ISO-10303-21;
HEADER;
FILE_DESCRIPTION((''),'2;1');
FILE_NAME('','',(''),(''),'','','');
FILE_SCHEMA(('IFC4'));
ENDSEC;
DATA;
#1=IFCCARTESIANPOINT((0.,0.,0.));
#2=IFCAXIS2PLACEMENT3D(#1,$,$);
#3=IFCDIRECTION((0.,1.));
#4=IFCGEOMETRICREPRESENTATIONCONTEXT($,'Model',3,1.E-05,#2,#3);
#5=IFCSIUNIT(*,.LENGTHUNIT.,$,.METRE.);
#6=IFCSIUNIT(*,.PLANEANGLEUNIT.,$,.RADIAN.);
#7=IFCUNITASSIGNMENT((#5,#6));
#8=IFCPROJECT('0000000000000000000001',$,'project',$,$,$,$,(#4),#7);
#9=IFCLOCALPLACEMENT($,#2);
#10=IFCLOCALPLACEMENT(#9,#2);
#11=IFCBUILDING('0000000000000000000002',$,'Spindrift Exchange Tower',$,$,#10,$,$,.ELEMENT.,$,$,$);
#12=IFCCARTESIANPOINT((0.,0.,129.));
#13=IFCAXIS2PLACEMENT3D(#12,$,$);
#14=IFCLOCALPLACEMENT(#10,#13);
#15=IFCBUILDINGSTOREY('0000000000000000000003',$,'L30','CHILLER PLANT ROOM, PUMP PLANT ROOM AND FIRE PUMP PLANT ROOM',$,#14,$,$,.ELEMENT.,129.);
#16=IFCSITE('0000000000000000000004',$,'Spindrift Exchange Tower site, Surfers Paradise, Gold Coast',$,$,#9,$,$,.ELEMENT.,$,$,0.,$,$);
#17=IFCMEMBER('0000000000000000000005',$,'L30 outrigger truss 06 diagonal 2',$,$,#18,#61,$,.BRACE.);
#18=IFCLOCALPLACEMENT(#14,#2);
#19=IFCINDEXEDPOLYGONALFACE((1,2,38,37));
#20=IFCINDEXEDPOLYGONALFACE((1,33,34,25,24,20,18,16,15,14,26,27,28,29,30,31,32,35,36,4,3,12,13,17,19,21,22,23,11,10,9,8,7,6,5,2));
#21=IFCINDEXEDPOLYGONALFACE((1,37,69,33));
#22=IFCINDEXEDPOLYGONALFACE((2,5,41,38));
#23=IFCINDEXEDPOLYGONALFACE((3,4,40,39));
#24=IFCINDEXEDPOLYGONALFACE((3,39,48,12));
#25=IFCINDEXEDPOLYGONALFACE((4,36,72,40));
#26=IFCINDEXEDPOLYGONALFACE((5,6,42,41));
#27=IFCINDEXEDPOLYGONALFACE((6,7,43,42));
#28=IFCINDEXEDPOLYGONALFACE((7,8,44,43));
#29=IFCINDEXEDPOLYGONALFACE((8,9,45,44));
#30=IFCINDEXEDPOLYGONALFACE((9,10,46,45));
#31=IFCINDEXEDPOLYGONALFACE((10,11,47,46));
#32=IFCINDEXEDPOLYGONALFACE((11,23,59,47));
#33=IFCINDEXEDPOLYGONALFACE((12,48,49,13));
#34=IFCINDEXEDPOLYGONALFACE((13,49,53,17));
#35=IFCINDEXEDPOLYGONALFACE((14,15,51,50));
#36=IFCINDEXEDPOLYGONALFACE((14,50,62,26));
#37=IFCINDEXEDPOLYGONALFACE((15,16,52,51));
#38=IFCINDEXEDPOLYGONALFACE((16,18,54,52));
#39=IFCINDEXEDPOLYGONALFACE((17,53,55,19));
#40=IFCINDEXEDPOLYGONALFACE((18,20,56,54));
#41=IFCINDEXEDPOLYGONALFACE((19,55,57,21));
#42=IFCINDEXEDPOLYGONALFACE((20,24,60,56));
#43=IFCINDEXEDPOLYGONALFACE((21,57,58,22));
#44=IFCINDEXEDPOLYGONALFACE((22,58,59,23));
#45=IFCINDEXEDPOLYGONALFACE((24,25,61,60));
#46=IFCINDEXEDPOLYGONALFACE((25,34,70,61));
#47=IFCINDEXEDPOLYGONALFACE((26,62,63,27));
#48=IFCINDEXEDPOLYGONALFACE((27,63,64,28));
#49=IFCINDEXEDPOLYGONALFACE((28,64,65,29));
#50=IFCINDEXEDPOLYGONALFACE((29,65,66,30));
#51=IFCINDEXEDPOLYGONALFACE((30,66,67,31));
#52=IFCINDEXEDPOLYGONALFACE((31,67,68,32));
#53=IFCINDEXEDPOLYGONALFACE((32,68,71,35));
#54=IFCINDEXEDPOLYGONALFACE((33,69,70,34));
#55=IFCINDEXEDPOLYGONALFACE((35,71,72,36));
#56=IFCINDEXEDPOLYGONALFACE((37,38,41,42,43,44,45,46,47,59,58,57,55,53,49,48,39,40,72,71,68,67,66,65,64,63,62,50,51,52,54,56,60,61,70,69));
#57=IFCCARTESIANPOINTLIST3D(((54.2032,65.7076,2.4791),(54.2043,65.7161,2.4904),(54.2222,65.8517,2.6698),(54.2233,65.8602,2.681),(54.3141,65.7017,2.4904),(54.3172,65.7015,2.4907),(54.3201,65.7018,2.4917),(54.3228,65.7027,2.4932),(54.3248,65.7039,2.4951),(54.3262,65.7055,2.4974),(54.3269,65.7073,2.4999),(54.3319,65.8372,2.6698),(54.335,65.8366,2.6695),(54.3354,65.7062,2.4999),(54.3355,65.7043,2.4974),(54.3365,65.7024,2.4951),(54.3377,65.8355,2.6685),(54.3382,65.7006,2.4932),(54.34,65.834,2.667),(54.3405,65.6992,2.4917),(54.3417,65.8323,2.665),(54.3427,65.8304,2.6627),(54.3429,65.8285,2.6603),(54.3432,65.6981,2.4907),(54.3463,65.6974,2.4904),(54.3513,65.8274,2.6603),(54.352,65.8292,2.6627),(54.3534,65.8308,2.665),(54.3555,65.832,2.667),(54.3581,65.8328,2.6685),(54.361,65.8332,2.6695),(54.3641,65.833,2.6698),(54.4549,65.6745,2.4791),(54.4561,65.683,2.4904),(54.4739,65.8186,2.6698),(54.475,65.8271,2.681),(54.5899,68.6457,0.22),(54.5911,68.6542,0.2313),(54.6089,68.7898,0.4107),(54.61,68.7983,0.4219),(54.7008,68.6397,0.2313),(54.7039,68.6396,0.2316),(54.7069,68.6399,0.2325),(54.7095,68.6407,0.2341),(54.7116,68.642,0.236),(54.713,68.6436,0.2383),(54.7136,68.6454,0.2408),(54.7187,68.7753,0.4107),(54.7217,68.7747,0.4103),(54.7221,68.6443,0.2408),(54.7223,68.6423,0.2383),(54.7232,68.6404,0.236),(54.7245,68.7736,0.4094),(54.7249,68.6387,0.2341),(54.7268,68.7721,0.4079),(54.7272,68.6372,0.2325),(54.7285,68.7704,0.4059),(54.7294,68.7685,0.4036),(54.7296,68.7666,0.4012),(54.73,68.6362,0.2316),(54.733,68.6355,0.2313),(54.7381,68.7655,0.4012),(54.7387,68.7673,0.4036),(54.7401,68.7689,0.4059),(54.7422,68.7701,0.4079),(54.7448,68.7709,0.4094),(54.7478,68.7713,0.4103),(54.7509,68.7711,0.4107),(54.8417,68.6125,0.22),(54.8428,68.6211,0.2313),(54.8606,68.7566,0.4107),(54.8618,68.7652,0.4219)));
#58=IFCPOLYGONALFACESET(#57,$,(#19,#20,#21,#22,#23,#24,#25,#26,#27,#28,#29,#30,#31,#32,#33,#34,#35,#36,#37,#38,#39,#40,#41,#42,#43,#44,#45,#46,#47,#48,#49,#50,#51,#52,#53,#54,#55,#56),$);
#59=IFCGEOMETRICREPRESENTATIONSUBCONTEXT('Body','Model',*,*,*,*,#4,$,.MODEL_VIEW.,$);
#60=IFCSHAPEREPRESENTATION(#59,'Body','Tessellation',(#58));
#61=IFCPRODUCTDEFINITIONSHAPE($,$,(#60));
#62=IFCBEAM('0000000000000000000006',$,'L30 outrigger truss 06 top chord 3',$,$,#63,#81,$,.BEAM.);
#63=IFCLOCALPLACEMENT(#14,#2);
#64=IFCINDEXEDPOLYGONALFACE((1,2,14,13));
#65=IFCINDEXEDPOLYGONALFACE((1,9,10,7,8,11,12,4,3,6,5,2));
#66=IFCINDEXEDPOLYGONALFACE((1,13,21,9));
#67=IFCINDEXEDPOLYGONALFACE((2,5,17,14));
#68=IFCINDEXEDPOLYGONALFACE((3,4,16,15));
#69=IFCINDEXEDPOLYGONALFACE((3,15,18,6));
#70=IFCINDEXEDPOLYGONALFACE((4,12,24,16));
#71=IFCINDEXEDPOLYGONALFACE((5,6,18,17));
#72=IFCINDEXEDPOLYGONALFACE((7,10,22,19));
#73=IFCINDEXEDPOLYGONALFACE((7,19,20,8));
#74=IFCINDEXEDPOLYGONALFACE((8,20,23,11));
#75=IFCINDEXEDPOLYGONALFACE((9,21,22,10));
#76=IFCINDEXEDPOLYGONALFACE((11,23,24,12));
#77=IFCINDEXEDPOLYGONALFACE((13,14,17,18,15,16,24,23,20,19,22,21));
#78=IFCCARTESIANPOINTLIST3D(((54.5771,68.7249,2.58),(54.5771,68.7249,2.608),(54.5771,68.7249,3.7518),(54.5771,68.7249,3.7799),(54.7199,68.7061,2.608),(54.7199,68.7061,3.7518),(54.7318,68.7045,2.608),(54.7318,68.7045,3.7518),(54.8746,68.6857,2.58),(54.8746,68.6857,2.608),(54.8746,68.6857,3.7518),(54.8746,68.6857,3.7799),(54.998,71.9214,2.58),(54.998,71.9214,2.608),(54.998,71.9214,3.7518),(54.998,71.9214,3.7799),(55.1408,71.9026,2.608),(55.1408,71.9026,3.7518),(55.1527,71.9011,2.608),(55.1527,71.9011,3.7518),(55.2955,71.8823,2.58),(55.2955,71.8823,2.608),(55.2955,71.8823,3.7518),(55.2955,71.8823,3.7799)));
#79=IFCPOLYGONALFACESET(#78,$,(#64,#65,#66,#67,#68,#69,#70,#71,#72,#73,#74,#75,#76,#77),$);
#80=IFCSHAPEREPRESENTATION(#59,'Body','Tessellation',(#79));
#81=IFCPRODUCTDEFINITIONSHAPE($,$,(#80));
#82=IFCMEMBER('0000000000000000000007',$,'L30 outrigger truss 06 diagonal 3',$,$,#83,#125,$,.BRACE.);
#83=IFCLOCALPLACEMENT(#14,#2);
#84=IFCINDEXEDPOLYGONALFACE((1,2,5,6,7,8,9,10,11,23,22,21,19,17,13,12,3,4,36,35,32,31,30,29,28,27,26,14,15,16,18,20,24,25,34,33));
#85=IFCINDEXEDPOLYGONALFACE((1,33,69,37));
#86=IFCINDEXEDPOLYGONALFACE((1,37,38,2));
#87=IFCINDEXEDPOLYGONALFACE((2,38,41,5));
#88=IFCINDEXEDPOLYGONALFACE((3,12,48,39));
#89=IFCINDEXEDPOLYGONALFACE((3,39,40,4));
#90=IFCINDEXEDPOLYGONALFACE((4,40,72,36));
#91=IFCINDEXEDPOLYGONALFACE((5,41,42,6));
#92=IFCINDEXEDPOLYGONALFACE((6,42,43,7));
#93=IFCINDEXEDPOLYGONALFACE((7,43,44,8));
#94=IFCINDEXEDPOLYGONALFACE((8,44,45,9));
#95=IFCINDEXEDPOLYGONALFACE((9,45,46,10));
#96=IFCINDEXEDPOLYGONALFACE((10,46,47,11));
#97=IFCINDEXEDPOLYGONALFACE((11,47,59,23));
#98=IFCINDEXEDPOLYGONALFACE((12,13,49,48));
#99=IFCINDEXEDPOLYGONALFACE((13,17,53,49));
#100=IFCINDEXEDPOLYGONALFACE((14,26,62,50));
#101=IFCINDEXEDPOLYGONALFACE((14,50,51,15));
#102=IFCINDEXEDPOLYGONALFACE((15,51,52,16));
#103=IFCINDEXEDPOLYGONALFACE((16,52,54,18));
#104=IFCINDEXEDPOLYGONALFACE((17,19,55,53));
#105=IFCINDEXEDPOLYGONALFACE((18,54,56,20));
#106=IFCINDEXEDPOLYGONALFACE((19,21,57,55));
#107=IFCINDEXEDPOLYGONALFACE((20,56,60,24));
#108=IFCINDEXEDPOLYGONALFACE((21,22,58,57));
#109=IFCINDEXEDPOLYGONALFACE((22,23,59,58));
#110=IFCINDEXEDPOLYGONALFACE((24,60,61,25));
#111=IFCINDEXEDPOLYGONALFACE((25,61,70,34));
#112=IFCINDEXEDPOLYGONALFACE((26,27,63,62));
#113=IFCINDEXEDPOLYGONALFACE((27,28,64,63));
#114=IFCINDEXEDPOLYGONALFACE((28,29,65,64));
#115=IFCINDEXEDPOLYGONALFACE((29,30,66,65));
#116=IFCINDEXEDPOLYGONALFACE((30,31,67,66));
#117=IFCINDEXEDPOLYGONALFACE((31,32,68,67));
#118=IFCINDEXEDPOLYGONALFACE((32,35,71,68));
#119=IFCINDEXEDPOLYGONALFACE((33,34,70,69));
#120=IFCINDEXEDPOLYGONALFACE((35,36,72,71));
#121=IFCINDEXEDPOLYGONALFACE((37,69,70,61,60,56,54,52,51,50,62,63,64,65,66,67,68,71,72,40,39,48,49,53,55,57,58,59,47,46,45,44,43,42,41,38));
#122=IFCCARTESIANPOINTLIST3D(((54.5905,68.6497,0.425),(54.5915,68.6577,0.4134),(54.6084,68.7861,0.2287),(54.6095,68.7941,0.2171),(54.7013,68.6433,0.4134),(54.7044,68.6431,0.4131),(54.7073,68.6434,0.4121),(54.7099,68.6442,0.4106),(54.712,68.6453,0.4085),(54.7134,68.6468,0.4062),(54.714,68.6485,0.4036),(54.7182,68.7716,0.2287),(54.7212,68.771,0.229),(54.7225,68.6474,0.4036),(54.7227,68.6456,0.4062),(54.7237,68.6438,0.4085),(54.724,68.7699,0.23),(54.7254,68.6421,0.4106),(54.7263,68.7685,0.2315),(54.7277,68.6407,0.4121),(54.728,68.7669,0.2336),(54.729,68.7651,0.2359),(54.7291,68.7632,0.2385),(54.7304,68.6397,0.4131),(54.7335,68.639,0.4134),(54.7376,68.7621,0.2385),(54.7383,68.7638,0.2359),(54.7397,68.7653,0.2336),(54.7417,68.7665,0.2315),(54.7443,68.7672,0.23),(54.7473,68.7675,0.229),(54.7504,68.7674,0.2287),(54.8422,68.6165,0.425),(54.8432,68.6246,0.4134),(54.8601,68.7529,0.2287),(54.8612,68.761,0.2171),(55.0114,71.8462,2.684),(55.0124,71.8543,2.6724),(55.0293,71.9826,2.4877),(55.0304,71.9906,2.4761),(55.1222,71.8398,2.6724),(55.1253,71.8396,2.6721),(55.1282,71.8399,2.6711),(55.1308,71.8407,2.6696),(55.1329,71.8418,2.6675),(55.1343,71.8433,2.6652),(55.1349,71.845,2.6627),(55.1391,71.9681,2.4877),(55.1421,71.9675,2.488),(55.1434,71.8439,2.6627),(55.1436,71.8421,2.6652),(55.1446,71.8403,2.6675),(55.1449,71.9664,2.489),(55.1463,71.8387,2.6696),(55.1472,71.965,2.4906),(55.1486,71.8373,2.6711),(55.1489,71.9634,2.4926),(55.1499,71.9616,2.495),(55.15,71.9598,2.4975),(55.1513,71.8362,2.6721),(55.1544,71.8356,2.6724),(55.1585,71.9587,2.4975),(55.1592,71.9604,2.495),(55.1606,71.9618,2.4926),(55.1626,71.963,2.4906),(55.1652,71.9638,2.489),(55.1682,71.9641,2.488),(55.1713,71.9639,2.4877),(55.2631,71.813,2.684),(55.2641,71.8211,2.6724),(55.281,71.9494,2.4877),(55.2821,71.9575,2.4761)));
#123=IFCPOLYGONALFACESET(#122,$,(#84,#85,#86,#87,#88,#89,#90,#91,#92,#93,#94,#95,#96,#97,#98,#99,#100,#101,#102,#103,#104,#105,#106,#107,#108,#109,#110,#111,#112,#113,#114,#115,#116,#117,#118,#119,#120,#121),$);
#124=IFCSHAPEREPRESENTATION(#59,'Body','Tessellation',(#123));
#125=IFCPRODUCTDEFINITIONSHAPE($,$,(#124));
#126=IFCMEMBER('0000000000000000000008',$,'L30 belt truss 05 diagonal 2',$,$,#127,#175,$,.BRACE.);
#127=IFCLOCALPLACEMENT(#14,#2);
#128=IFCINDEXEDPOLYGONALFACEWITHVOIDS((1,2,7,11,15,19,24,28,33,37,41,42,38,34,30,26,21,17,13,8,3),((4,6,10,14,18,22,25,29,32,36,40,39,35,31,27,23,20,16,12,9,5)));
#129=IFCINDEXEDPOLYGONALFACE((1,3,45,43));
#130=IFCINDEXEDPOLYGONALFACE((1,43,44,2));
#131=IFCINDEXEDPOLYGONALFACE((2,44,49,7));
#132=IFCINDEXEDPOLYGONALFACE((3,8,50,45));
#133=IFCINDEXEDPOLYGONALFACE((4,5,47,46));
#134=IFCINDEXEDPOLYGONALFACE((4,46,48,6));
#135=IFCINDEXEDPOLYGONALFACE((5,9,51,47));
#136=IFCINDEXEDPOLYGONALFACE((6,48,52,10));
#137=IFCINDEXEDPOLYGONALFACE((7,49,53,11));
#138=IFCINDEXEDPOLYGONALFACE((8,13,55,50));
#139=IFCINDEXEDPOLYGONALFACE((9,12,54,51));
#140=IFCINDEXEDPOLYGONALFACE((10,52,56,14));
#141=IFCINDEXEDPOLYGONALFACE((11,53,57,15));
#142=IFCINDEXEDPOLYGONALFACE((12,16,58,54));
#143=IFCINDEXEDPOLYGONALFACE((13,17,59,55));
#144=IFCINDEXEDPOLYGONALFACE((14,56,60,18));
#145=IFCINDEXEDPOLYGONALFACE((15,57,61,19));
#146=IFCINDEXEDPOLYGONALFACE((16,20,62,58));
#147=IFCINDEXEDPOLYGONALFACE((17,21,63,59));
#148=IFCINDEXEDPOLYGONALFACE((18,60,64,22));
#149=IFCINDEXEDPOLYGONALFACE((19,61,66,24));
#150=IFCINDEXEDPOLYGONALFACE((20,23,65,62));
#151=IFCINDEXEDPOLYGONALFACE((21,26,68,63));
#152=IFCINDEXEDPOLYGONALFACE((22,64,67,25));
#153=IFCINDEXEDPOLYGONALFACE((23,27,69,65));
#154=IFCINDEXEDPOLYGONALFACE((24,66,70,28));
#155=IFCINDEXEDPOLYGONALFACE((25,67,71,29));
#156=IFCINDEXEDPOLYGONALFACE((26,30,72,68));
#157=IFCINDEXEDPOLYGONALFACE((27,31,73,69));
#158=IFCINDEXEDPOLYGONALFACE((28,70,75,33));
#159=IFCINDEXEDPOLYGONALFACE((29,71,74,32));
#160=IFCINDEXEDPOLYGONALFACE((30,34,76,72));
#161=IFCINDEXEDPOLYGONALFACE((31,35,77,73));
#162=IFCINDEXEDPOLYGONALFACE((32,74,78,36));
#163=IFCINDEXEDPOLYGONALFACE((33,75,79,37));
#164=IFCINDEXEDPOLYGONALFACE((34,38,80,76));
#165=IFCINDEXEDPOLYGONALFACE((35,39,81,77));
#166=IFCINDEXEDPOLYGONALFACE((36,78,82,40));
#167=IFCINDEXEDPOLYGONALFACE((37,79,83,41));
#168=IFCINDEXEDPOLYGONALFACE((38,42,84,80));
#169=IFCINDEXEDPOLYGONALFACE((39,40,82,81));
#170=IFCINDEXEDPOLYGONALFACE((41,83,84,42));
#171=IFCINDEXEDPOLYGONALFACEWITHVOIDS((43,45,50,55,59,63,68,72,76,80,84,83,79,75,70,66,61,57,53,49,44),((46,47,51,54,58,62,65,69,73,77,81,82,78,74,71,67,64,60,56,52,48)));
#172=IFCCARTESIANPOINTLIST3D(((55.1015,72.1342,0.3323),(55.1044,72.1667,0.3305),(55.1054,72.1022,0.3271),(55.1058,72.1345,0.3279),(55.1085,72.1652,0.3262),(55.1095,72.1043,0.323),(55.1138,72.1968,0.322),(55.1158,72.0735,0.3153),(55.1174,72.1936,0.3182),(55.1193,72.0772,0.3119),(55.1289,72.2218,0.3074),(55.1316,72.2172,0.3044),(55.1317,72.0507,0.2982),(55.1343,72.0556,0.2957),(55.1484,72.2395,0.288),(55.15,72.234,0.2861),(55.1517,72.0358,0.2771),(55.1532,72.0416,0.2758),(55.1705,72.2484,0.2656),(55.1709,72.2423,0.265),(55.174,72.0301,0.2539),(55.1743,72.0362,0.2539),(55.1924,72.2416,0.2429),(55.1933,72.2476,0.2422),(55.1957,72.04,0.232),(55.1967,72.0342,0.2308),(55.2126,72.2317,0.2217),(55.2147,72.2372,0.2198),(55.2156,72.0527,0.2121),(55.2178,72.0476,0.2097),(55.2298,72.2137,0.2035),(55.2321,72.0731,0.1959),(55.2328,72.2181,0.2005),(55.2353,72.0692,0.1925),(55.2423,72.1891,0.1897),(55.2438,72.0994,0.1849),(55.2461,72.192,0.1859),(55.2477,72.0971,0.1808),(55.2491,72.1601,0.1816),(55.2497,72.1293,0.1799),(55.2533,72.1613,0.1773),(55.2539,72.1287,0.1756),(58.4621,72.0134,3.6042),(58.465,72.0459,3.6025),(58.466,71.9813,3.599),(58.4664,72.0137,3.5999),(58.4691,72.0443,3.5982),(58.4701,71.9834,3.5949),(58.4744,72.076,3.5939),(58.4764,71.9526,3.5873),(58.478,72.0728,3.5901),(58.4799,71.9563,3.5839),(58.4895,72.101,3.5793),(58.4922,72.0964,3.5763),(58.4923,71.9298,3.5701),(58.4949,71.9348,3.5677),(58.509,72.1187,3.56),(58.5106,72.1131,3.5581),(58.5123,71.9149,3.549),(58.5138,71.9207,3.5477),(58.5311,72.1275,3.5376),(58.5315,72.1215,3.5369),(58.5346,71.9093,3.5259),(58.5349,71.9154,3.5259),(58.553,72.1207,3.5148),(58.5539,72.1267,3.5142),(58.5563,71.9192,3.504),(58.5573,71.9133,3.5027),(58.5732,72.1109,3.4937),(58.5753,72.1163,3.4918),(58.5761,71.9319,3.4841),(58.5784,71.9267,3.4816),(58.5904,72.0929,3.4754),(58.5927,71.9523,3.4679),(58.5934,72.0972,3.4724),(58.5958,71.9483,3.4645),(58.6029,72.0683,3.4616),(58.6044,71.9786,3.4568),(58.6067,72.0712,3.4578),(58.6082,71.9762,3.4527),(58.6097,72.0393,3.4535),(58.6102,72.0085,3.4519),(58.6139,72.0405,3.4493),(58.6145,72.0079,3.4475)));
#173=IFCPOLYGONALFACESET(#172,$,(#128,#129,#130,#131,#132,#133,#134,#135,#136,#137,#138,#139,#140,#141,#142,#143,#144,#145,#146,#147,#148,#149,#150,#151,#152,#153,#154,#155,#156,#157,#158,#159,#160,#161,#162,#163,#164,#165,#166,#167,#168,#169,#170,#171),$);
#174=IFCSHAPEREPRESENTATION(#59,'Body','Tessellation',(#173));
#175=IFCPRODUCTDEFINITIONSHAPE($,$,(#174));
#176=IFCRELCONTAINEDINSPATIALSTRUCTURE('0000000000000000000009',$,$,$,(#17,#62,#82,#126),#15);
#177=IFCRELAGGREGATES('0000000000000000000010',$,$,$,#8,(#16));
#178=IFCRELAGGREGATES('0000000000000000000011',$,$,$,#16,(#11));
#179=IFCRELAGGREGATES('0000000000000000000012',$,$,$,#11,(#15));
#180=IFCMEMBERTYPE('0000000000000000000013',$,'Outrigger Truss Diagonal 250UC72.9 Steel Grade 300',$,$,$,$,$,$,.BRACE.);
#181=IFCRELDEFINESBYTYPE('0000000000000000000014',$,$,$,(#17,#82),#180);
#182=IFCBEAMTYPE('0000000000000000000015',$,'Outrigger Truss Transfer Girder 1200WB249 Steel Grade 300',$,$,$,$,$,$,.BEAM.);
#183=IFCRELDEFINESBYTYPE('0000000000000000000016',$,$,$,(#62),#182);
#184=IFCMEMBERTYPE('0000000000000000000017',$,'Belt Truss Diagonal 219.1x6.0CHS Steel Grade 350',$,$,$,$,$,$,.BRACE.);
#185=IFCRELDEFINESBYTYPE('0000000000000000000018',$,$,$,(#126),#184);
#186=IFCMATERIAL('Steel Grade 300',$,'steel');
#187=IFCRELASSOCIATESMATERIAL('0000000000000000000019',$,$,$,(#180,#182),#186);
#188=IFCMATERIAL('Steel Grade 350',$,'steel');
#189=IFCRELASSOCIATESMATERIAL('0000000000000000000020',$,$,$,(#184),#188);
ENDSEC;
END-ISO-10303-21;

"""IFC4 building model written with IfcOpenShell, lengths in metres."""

from ifc_helpers import new_model, si_unit, direction, frame, origin, origin_2d, place, context, subcontext, project, spatial, hollow_circle, i_section, extrude, source, transform, mapped, material, material_profile, profile_set, type_object, element, save


model = new_model("IFC4")

# Units and contexts
model_context = context("Model", 3, precision=1e-05, world=origin(), true_north=direction((0.0, 1.0)))
body_context = subcontext(model_context, "Body", "Model", "MODEL_VIEW")
ifc_project = project(units=[si_unit("LENGTHUNIT", "METRE"), si_unit("PLANEANGLEUNIT", "RADIAN")], contexts=[model_context])

# Site, building, storey
site_placement = place(None, origin())
site = spatial("IfcSite", under=ifc_project, at=site_placement, Name="Spindrift Exchange Tower site, Surfers Paradise, Gold Coast", CompositionType="ELEMENT", RefElevation=0.0)
building_placement = place(site_placement, origin())
building = spatial("IfcBuilding", under=site, at=building_placement, Name="Spindrift Exchange Tower", CompositionType="ELEMENT")
storey_placement = place(building_placement, frame((0.0, 0.0, 129.0)))
storey = spatial("IfcBuildingStorey", under=building, at=storey_placement, Name="L30", Description="CHILLER PLANT ROOM, PUMP PLANT ROOM AND FIRE PUMP PLANT ROOM", CompositionType="ELEMENT", Elevation=129.0)

# Shared definitions
ifc_material_1 = material(Name="Steel Grade 300", Category="steel")

# Member
ifc_material_profile_1 = material_profile(ifc_material_1, i_section(OverallWidth=0.2539, OverallDepth=0.2539, WebThickness=0.0085, FlangeThickness=0.0142, FilletRadius=0.012, at=origin_2d()), Name="250UC72.9")
ifc_profile_set_1 = profile_set([ifc_material_profile_1], Name="Steel Grade 300")
member_type_1 = type_object("IfcMemberType", Name="Outrigger Truss Diagonal 250UC72.9 Steel Grade 300", PredefinedType="BRACE", material=ifc_profile_set_1)
shared_shape_1 = source(origin(), body_context, "Body", "SweptSolid", [
    extrude(i_section(OverallWidth=0.2539, OverallDepth=0.2539, WebThickness=0.0085, FlangeThickness=0.0142, FilletRadius=0.012, at=origin_2d()), origin(), (0.0, 0.0, 1.0), 3.7263),
])
member_1_placement = place(storey_placement, frame((54.3391, 65.7673, 2.5801), z_axis=(0.103784, 0.788468, -0.606257), x_axis=(-0.991448, 0.130501, 0.0)))
element("IfcMember", 1, at=member_1_placement, inside=storey, type_object=member_type_1, Name="L30 outrigger truss 06 diagonal 2", PredefinedType="BRACE", context=body_context, shape_type="MappedRepresentation", body=[
    mapped(shared_shape_1, transform((0.0, 0.0, 0.0), scale=1.0)),
])

# Beam
ifc_material_profile_2 = material_profile(ifc_material_1, i_section(OverallWidth=0.3, OverallDepth=1.2, WebThickness=0.012, FlangeThickness=0.0281, at=origin_2d()), Name="1200WB249")
ifc_profile_set_2 = profile_set([ifc_material_profile_2], Name="Steel Grade 300")
beam_type_1 = type_object("IfcBeamType", Name="Outrigger Truss Transfer Girder 1200WB249 Steel Grade 300", PredefinedType="BEAM", material=ifc_profile_set_2)
shared_shape_2 = source(origin(), body_context, "Body", "SweptSolid", [
    extrude(i_section(OverallWidth=0.3, OverallDepth=1.2, WebThickness=0.012, FlangeThickness=0.0281, at=origin_2d()), origin(), (0.0, 0.0, 1.0), 3.2241),
])
beam_1_placement = place(storey_placement, frame((54.7258, 68.7053, 3.1799), z_axis=(0.130547, 0.991442, 0.0), x_axis=(-0.991442, 0.130547, 0.0)))
element("IfcBeam", 2, at=beam_1_placement, inside=storey, type_object=beam_type_1, Name="L30 outrigger truss 06 top chord 3", PredefinedType="BEAM", context=body_context, shape_type="MappedRepresentation", body=[
    mapped(shared_shape_2, transform((0.0, 0.0, 0.0), scale=1.0)),
])

# Members
shared_shape_3 = source(origin(), body_context, "Body", "SweptSolid", [
    extrude(i_section(OverallWidth=0.2539, OverallDepth=0.2539, WebThickness=0.0085, FlangeThickness=0.0142, FilletRadius=0.012, at=origin_2d()), origin(), (0.0, 0.0, 1.0), 3.9368),
])
member_2_placement = place(storey_placement, frame((54.7258, 68.7053, 0.321), z_axis=(0.106914, 0.811967, 0.573828), x_axis=(-0.991442, 0.130547, 0.0)))
element("IfcMember", 3, at=member_2_placement, inside=storey, type_object=member_type_1, Name="L30 outrigger truss 06 diagonal 3", PredefinedType="BRACE", context=body_context, shape_type="MappedRepresentation", body=[
    mapped(shared_shape_3, transform((0.0, 0.0, 0.0), scale=1.0)),
])
ifc_material_2 = material(Name="Steel Grade 350", Category="steel")
ifc_material_profile_3 = material_profile(ifc_material_2, hollow_circle(Radius=0.1096, WallThickness=0.0061, at=origin_2d()), Name="219.1x6.0CHS")
ifc_profile_set_3 = profile_set([ifc_material_profile_3], Name="Steel Grade 350")
member_type_2 = type_object("IfcMemberType", Name="Belt Truss Diagonal 219.1x6.0CHS Steel Grade 350", PredefinedType="BRACE", material=ifc_profile_set_3)
shared_shape_4 = source(origin(), body_context, "Body", "SweptSolid", [
    extrude(hollow_circle(Radius=0.1096, WallThickness=0.0061, at=origin_2d()), origin(), (0.0, 0.0, 1.0), 4.6919),
])
member_3_placement = place(storey_placement, frame((58.5386, 72.0188, 3.5259), z_axis=(-0.716253, 0.025757, -0.697365), x_axis=(-0.035938, -0.999354, 0.0)))
element("IfcMember", 4, at=member_3_placement, inside=storey, type_object=member_type_2, Name="L30 belt truss 05 diagonal 2", PredefinedType="BRACE", context=body_context, shape_type="MappedRepresentation", body=[
    mapped(shared_shape_4, transform((0.0, 0.0, 0.0), scale=1.0)),
])

save(model, "model.ifc")
